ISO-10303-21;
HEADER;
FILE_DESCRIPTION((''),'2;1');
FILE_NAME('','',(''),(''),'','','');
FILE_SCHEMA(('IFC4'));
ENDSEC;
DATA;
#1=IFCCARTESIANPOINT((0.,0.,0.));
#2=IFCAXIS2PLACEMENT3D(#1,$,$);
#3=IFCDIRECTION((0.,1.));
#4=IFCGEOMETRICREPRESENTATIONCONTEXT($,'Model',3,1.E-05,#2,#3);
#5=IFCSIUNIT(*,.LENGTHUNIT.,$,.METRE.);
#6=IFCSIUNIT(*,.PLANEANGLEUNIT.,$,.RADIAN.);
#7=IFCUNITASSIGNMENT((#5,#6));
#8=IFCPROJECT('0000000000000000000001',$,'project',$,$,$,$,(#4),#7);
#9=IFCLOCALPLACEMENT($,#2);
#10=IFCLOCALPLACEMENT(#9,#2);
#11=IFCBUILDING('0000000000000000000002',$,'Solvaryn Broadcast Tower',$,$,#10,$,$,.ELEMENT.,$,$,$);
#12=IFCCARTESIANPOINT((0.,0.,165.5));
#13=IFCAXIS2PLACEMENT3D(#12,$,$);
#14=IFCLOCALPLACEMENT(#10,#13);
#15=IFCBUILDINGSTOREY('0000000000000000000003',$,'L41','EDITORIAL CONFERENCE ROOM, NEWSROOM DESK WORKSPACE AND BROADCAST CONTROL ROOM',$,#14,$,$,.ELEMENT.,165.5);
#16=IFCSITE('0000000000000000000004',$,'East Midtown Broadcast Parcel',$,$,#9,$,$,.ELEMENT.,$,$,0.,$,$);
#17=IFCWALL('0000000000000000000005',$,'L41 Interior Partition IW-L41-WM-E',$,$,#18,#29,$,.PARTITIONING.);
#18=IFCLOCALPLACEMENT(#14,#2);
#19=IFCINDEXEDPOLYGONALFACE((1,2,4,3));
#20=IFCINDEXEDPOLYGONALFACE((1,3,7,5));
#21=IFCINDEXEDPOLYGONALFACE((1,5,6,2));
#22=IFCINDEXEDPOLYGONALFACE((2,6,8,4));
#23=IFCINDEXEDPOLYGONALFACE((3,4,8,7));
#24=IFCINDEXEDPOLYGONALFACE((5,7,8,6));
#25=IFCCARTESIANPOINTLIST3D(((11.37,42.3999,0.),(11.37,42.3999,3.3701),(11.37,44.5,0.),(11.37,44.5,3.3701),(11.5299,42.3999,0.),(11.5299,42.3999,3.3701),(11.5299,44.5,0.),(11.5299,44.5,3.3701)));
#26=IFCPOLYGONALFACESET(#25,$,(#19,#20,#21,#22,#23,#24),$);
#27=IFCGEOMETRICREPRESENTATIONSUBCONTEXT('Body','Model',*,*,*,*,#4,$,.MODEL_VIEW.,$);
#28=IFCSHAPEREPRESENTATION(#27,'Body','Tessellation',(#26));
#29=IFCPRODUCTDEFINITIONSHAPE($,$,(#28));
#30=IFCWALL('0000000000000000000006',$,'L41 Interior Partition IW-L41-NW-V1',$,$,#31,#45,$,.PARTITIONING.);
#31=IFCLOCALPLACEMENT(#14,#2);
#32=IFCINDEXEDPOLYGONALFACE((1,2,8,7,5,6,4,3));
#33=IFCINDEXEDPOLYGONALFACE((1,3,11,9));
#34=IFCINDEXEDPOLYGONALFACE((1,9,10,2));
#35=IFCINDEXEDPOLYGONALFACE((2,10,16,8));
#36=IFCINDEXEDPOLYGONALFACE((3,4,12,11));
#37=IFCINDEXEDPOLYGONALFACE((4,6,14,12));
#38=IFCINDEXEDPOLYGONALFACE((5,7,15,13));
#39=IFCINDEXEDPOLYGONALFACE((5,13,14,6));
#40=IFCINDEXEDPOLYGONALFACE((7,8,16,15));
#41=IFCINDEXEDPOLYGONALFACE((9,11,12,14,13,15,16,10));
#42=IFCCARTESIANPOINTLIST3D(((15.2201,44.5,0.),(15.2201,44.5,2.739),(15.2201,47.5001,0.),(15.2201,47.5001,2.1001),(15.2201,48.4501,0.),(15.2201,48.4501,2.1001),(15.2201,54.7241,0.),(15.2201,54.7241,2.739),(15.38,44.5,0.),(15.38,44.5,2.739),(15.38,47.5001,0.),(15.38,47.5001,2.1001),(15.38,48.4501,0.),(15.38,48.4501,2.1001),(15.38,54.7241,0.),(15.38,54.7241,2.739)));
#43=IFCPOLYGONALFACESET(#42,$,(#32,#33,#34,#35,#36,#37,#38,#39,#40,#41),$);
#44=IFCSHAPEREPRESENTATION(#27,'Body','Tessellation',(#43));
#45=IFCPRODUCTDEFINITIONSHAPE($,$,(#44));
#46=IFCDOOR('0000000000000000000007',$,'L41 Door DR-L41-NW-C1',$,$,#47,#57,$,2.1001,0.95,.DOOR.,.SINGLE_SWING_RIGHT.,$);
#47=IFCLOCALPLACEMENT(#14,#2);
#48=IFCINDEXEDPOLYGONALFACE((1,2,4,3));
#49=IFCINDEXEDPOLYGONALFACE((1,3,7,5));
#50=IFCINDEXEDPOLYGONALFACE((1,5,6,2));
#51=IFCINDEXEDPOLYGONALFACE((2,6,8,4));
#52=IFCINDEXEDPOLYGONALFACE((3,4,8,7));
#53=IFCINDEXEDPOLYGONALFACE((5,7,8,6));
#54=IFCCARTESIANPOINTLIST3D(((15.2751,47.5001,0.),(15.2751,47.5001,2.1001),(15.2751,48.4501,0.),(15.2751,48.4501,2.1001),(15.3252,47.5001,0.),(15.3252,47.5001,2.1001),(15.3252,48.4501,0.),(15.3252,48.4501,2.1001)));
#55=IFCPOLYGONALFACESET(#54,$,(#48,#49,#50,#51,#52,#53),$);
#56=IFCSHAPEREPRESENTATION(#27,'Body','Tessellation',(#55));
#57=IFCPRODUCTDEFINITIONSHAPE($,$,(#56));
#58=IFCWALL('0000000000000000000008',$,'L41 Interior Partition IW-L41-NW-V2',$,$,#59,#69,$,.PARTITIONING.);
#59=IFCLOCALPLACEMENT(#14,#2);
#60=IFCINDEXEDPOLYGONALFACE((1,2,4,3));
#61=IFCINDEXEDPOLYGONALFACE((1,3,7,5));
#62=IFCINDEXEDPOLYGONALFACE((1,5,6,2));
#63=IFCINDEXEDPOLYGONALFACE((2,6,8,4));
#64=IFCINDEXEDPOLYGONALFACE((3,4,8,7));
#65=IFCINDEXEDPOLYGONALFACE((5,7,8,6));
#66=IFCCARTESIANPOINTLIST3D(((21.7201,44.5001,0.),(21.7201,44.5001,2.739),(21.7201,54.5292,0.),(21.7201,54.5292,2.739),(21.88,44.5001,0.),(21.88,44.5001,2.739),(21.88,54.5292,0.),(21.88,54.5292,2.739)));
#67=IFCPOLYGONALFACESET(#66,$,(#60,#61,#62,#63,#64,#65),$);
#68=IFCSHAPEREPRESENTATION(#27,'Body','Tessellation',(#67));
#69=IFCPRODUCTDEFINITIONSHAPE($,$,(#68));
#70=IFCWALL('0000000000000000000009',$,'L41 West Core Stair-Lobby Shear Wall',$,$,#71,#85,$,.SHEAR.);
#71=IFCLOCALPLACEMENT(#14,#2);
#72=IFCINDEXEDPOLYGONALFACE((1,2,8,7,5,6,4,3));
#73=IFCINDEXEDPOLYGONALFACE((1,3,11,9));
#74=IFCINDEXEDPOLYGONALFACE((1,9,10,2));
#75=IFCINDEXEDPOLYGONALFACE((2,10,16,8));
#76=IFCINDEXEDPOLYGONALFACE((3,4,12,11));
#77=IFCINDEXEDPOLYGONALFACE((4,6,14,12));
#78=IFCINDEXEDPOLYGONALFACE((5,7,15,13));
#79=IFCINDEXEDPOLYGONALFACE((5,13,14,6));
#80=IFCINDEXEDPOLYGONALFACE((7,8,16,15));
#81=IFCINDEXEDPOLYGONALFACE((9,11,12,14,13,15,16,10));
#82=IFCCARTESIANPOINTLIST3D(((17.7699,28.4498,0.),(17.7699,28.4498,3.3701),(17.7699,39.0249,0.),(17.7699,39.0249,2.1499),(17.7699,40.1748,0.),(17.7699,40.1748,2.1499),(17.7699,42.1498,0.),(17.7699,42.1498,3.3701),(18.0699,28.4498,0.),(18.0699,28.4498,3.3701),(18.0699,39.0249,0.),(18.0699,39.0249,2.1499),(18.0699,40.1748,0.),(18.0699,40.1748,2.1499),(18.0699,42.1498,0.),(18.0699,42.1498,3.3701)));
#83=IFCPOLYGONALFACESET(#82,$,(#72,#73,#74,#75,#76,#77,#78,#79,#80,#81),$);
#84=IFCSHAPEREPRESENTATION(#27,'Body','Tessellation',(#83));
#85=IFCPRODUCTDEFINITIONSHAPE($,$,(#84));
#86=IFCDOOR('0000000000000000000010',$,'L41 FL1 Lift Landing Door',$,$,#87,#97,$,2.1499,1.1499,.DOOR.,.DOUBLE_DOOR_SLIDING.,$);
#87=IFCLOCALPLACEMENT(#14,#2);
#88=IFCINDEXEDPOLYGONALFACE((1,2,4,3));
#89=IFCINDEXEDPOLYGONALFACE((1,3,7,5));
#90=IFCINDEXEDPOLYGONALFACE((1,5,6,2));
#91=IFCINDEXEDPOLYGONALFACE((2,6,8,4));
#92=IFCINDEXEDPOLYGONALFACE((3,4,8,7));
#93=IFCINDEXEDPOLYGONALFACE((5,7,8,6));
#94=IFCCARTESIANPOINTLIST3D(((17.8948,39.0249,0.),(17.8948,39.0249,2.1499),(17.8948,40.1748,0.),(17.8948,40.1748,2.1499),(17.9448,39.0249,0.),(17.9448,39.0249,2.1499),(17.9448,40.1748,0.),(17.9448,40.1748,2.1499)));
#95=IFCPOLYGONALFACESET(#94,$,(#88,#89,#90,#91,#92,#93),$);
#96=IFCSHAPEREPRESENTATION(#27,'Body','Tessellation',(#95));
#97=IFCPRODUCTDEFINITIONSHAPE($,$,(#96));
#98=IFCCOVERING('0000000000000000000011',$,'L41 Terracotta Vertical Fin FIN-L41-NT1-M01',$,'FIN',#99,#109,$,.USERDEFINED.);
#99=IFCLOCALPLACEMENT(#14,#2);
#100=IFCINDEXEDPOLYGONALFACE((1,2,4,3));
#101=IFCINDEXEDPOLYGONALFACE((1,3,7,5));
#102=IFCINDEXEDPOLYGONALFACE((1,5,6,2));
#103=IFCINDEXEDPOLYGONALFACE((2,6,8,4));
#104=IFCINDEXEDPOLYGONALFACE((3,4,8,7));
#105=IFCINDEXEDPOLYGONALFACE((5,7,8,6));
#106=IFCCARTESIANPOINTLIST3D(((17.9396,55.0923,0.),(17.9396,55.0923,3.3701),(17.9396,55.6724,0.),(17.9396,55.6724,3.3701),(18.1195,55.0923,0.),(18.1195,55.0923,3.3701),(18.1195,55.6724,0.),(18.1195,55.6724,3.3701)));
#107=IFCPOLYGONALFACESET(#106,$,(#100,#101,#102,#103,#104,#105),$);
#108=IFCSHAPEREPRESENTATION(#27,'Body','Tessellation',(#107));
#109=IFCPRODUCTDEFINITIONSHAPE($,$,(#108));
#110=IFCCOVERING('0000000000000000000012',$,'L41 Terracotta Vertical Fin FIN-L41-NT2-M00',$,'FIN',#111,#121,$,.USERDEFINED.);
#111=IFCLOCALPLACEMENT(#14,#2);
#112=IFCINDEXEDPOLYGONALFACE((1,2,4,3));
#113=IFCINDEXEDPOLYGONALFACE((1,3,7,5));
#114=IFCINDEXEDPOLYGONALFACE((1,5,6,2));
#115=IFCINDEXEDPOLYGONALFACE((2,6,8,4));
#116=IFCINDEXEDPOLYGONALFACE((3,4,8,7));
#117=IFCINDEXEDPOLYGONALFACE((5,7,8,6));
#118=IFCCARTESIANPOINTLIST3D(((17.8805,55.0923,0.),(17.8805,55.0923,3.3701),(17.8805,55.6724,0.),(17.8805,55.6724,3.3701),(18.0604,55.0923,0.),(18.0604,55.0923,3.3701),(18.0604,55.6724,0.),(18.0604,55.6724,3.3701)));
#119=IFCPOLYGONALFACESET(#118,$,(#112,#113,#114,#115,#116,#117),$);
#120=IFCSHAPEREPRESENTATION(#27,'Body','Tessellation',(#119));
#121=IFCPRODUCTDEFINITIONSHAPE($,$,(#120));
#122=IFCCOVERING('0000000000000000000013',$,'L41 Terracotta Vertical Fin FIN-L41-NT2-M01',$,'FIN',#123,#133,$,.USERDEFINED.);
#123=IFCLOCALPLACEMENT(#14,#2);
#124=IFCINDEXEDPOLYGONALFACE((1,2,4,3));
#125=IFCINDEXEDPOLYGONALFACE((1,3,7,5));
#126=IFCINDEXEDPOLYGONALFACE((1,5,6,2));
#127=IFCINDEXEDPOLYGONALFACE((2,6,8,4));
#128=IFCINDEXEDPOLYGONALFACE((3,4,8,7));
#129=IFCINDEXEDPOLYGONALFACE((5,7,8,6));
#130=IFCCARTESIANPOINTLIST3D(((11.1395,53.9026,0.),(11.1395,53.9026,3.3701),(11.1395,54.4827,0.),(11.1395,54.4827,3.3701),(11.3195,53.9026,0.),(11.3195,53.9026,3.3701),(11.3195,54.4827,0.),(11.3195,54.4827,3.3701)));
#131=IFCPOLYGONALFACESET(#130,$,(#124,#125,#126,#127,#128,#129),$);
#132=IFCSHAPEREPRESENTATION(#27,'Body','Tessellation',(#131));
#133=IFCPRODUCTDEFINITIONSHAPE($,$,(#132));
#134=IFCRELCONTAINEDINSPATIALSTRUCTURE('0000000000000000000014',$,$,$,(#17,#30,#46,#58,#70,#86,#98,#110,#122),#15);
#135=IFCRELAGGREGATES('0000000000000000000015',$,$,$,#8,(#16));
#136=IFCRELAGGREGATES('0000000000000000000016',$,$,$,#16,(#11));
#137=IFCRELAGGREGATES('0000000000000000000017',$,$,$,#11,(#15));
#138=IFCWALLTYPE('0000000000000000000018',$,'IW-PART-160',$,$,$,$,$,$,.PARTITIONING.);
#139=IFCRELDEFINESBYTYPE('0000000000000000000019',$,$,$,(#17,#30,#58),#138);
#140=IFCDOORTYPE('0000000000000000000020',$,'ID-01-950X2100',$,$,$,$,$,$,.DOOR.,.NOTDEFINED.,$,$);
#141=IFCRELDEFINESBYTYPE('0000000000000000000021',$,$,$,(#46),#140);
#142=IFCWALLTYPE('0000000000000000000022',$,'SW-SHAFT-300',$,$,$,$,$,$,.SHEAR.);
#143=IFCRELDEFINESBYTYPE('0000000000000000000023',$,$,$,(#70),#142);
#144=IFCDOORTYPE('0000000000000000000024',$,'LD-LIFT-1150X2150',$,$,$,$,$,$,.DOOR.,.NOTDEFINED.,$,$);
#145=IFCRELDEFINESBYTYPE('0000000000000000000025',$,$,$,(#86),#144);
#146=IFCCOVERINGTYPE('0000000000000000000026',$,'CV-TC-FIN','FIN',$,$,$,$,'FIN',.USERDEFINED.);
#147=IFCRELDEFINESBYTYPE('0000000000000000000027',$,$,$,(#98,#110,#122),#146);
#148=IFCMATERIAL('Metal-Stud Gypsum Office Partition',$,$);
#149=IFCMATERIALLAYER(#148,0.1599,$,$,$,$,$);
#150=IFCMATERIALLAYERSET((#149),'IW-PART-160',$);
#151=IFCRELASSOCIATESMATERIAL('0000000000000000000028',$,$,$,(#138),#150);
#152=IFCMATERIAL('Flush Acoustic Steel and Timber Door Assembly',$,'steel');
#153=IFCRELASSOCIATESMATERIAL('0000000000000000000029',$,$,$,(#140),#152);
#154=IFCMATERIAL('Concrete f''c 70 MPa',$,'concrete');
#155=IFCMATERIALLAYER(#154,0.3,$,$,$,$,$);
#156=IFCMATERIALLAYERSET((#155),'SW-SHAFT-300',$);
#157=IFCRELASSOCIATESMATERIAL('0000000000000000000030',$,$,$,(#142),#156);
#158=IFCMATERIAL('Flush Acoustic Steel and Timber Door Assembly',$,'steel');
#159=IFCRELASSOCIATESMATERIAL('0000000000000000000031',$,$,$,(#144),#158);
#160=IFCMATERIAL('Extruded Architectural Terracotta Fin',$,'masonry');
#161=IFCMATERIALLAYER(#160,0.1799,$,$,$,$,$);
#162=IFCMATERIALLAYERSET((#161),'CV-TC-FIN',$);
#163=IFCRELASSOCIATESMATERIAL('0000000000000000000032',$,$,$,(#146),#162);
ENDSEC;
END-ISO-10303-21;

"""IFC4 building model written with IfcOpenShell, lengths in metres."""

from ifc_helpers import new_model, si_unit, direction, frame, frame_2d, origin, origin_2d, place, context, subcontext, project, spatial, rectangle, extrude, material, layer, layer_set, type_object, element, fill, save


model = new_model("IFC4")

# Units and contexts
model_context = context("Model", 3, precision=1e-05, world=origin(), true_north=direction((0.0, 1.0)))
body_context = subcontext(model_context, "Body", "Model", "MODEL_VIEW")
ifc_project = project(units=[si_unit("LENGTHUNIT", "METRE"), si_unit("PLANEANGLEUNIT", "RADIAN")], contexts=[model_context])

# Site, building, storey
site_placement = place(None, origin())
site = spatial("IfcSite", under=ifc_project, at=site_placement, Name="East Midtown Broadcast Parcel", CompositionType="ELEMENT", RefElevation=0.0)
building_placement = place(site_placement, origin())
building = spatial("IfcBuilding", under=site, at=building_placement, Name="Solvaryn Broadcast Tower", CompositionType="ELEMENT")
storey_placement = place(building_placement, frame((0.0, 0.0, 165.5)))
storey = spatial("IfcBuildingStorey", under=building, at=storey_placement, Name="L41", Description="EDITORIAL CONFERENCE ROOM, NEWSROOM DESK WORKSPACE AND BROADCAST CONTROL ROOM", CompositionType="ELEMENT", Elevation=165.5)

# Wall
ifc_material_1 = material(Name="Metal-Stud Gypsum Office Partition")
ifc_layer_1 = layer(ifc_material_1, 0.1599)
ifc_layer_set_1 = layer_set([ifc_layer_1], Name="IW-PART-160")
wall_type_1 = type_object("IfcWallType", Name="IW-PART-160", PredefinedType="PARTITIONING", material=ifc_layer_set_1)
wall_1_placement = place(storey_placement, frame((11.45, 42.3999, 0.0), z_axis=(0.0, 0.0, 1.0), x_axis=(0.0, 1.0, 0.0)))
element("IfcWall", 1, at=wall_1_placement, inside=storey, type_object=wall_type_1, Name="L41 Interior Partition IW-L41-WM-E", PredefinedType="PARTITIONING", context=body_context, shape_type="SweptSolid", body=[
    extrude(rectangle(XDim=2.1001, YDim=0.1599, at=frame_2d((1.05, 0.0))), origin(), (0.0, 0.0, 1.0), 3.3701),
])

# Wall, opening, door
wall_2_placement = place(storey_placement, frame((15.3, 44.5, 0.0), z_axis=(0.0, 0.0, 1.0), x_axis=(0.0, 1.0, 0.0)))
wall_2 = element("IfcWall", 2, at=wall_2_placement, inside=storey, type_object=wall_type_1, Name="L41 Interior Partition IW-L41-NW-V1", PredefinedType="PARTITIONING", context=body_context, shape_type="SweptSolid", body=[
    extrude(rectangle(XDim=10.2241, YDim=0.1599, at=frame_2d((5.1121, 0.0))), origin(), (0.0, 0.0, 1.0), 2.739),
])
opening_1_placement = place(wall_2_placement, frame((3.0, 0.0, 0.0)))
opening_1 = element("IfcOpeningElement", 3, at=opening_1_placement, cuts=wall_2, PredefinedType="OPENING", context=body_context, shape_type="SweptSolid", body=[
    extrude(rectangle(XDim=0.95, YDim=2.1001, at=frame_2d((0.4751, 1.05))), frame((0.0, 0.0901, 0.0), z_axis=(0.0, -1.0, 0.0), x_axis=(1.0, 0.0, 0.0)), (0.0, 0.0, 1.0), 0.1799),
])
ifc_material_2 = material(Name="Flush Acoustic Steel and Timber Door Assembly", Category="steel")
door_type_1 = type_object("IfcDoorType", Name="ID-01-950X2100", OperationType="NOTDEFINED", PredefinedType="DOOR", material=ifc_material_2)
door_1_placement = place(opening_1_placement, origin())
door_1 = element("IfcDoor", 4, at=door_1_placement, inside=storey, type_object=door_type_1, Name="L41 Door DR-L41-NW-C1", OperationType="SINGLE_SWING_RIGHT", OverallHeight=2.1001, OverallWidth=0.95, PredefinedType="DOOR", context=body_context, shape_type="SweptSolid", body=[
    extrude(rectangle(XDim=0.95, YDim=2.1001, at=frame_2d((0.4751, 1.05))), frame((0.0, 0.0249, 0.0), z_axis=(0.0, -1.0, 0.0), x_axis=(1.0, 0.0, 0.0)), (0.0, 0.0, 1.0), 0.05),
])
fill(opening_1, door_1)

# Wall
wall_3_placement = place(storey_placement, frame((21.8, 44.5, 0.0), z_axis=(0.0, 0.0, 1.0), x_axis=(0.0, 1.0, 0.0)))
element("IfcWall", 5, at=wall_3_placement, inside=storey, type_object=wall_type_1, Name="L41 Interior Partition IW-L41-NW-V2", PredefinedType="PARTITIONING", context=body_context, shape_type="SweptSolid", body=[
    extrude(rectangle(XDim=10.0291, YDim=0.1599, at=frame_2d((5.0146, 0.0))), origin(), (0.0, 0.0, 1.0), 2.739),
])

# Wall, opening, door
ifc_material_3 = material(Name="Concrete f'c 70 MPa", Category="concrete")
ifc_layer_2 = layer(ifc_material_3, 0.3)
ifc_layer_set_2 = layer_set([ifc_layer_2], Name="SW-SHAFT-300")
wall_type_2 = type_object("IfcWallType", Name="SW-SHAFT-300", PredefinedType="SHEAR", material=ifc_layer_set_2)
wall_4_placement = place(storey_placement, frame((17.9199, 42.1499, 0.0), z_axis=(0.0, 0.0, 1.0), x_axis=(0.0, -1.0, 0.0)))
wall_4 = element("IfcWall", 6, at=wall_4_placement, inside=storey, type_object=wall_type_2, Name="L41 West Core Stair-Lobby Shear Wall", PredefinedType="SHEAR", context=body_context, shape_type="SweptSolid", body=[
    extrude(rectangle(XDim=13.7, YDim=0.3, at=frame_2d((6.8501, 0.0))), origin(), (0.0, 0.0, 1.0), 3.3701),
])
opening_2_placement = place(wall_4_placement, frame((1.9751, 0.0, 0.0)))
opening_2 = element("IfcOpeningElement", 7, at=opening_2_placement, cuts=wall_4, PredefinedType="OPENING", context=body_context, shape_type="SweptSolid", body=[
    extrude(rectangle(XDim=1.1499, YDim=2.1499, at=frame_2d((0.575, 1.075))), frame((0.0, 0.1599, 0.0), z_axis=(0.0, -1.0, 0.0), x_axis=(1.0, 0.0, 0.0)), (0.0, 0.0, 1.0), 0.3201),
])
ifc_material_4 = material(Name="Flush Acoustic Steel and Timber Door Assembly", Category="steel")
door_type_2 = type_object("IfcDoorType", Name="LD-LIFT-1150X2150", OperationType="NOTDEFINED", PredefinedType="DOOR", material=ifc_material_4)
door_2_placement = place(opening_2_placement, origin())
door_2 = element("IfcDoor", 8, at=door_2_placement, inside=storey, type_object=door_type_2, Name="L41 FL1 Lift Landing Door", OperationType="DOUBLE_DOOR_SLIDING", OverallHeight=2.1499, OverallWidth=1.1499, PredefinedType="DOOR", context=body_context, shape_type="SweptSolid", body=[
    extrude(rectangle(XDim=1.1499, YDim=2.1499, at=frame_2d((0.575, 1.075))), frame((0.0, 0.0249, 0.0), z_axis=(0.0, -1.0, 0.0), x_axis=(1.0, 0.0, 0.0)), (0.0, 0.0, 1.0), 0.05),
])
fill(opening_2, door_2)

# Coverings
ifc_material_5 = material(Name="Extruded Architectural Terracotta Fin", Category="masonry")
ifc_layer_3 = layer(ifc_material_5, 0.1799)
ifc_layer_set_3 = layer_set([ifc_layer_3], Name="CV-TC-FIN")
covering_type = type_object("IfcCoveringType", Name="CV-TC-FIN", Description="FIN", ElementType="FIN", PredefinedType="USERDEFINED", material=ifc_layer_set_3)
for number, where, z_axis, x_axis, name in (
    (9, (18.0295, 55.3823, 0.0), (0.0, 0.0, 1.0), (1.0, 0.0, 0.0), "L41 Terracotta Vertical Fin FIN-L41-NT1-M01"),
    (10, (17.9705, 55.3823, 0.0), (0.0, 0.0, 1.0), (1.0, 0.0, 0.0), "L41 Terracotta Vertical Fin FIN-L41-NT2-M00"),
    (11, (11.2295, 54.1926, 0.0), (0.0, 0.0, 1.0), (1.0, 0.0, 0.0), "L41 Terracotta Vertical Fin FIN-L41-NT2-M01"),
):
    element("IfcCovering", number, at=place(storey_placement, frame(where, z_axis=z_axis, x_axis=x_axis)), inside=storey, type_object=covering_type, Name=name, ObjectType="FIN", PredefinedType="USERDEFINED", context=body_context, shape_type="SweptSolid", body=[
        extrude(rectangle(XDim=0.1799, YDim=0.5801, at=origin_2d()), origin(), (0.0, 0.0, 1.0), 3.3701),
    ])

save(model, "model.ifc")
